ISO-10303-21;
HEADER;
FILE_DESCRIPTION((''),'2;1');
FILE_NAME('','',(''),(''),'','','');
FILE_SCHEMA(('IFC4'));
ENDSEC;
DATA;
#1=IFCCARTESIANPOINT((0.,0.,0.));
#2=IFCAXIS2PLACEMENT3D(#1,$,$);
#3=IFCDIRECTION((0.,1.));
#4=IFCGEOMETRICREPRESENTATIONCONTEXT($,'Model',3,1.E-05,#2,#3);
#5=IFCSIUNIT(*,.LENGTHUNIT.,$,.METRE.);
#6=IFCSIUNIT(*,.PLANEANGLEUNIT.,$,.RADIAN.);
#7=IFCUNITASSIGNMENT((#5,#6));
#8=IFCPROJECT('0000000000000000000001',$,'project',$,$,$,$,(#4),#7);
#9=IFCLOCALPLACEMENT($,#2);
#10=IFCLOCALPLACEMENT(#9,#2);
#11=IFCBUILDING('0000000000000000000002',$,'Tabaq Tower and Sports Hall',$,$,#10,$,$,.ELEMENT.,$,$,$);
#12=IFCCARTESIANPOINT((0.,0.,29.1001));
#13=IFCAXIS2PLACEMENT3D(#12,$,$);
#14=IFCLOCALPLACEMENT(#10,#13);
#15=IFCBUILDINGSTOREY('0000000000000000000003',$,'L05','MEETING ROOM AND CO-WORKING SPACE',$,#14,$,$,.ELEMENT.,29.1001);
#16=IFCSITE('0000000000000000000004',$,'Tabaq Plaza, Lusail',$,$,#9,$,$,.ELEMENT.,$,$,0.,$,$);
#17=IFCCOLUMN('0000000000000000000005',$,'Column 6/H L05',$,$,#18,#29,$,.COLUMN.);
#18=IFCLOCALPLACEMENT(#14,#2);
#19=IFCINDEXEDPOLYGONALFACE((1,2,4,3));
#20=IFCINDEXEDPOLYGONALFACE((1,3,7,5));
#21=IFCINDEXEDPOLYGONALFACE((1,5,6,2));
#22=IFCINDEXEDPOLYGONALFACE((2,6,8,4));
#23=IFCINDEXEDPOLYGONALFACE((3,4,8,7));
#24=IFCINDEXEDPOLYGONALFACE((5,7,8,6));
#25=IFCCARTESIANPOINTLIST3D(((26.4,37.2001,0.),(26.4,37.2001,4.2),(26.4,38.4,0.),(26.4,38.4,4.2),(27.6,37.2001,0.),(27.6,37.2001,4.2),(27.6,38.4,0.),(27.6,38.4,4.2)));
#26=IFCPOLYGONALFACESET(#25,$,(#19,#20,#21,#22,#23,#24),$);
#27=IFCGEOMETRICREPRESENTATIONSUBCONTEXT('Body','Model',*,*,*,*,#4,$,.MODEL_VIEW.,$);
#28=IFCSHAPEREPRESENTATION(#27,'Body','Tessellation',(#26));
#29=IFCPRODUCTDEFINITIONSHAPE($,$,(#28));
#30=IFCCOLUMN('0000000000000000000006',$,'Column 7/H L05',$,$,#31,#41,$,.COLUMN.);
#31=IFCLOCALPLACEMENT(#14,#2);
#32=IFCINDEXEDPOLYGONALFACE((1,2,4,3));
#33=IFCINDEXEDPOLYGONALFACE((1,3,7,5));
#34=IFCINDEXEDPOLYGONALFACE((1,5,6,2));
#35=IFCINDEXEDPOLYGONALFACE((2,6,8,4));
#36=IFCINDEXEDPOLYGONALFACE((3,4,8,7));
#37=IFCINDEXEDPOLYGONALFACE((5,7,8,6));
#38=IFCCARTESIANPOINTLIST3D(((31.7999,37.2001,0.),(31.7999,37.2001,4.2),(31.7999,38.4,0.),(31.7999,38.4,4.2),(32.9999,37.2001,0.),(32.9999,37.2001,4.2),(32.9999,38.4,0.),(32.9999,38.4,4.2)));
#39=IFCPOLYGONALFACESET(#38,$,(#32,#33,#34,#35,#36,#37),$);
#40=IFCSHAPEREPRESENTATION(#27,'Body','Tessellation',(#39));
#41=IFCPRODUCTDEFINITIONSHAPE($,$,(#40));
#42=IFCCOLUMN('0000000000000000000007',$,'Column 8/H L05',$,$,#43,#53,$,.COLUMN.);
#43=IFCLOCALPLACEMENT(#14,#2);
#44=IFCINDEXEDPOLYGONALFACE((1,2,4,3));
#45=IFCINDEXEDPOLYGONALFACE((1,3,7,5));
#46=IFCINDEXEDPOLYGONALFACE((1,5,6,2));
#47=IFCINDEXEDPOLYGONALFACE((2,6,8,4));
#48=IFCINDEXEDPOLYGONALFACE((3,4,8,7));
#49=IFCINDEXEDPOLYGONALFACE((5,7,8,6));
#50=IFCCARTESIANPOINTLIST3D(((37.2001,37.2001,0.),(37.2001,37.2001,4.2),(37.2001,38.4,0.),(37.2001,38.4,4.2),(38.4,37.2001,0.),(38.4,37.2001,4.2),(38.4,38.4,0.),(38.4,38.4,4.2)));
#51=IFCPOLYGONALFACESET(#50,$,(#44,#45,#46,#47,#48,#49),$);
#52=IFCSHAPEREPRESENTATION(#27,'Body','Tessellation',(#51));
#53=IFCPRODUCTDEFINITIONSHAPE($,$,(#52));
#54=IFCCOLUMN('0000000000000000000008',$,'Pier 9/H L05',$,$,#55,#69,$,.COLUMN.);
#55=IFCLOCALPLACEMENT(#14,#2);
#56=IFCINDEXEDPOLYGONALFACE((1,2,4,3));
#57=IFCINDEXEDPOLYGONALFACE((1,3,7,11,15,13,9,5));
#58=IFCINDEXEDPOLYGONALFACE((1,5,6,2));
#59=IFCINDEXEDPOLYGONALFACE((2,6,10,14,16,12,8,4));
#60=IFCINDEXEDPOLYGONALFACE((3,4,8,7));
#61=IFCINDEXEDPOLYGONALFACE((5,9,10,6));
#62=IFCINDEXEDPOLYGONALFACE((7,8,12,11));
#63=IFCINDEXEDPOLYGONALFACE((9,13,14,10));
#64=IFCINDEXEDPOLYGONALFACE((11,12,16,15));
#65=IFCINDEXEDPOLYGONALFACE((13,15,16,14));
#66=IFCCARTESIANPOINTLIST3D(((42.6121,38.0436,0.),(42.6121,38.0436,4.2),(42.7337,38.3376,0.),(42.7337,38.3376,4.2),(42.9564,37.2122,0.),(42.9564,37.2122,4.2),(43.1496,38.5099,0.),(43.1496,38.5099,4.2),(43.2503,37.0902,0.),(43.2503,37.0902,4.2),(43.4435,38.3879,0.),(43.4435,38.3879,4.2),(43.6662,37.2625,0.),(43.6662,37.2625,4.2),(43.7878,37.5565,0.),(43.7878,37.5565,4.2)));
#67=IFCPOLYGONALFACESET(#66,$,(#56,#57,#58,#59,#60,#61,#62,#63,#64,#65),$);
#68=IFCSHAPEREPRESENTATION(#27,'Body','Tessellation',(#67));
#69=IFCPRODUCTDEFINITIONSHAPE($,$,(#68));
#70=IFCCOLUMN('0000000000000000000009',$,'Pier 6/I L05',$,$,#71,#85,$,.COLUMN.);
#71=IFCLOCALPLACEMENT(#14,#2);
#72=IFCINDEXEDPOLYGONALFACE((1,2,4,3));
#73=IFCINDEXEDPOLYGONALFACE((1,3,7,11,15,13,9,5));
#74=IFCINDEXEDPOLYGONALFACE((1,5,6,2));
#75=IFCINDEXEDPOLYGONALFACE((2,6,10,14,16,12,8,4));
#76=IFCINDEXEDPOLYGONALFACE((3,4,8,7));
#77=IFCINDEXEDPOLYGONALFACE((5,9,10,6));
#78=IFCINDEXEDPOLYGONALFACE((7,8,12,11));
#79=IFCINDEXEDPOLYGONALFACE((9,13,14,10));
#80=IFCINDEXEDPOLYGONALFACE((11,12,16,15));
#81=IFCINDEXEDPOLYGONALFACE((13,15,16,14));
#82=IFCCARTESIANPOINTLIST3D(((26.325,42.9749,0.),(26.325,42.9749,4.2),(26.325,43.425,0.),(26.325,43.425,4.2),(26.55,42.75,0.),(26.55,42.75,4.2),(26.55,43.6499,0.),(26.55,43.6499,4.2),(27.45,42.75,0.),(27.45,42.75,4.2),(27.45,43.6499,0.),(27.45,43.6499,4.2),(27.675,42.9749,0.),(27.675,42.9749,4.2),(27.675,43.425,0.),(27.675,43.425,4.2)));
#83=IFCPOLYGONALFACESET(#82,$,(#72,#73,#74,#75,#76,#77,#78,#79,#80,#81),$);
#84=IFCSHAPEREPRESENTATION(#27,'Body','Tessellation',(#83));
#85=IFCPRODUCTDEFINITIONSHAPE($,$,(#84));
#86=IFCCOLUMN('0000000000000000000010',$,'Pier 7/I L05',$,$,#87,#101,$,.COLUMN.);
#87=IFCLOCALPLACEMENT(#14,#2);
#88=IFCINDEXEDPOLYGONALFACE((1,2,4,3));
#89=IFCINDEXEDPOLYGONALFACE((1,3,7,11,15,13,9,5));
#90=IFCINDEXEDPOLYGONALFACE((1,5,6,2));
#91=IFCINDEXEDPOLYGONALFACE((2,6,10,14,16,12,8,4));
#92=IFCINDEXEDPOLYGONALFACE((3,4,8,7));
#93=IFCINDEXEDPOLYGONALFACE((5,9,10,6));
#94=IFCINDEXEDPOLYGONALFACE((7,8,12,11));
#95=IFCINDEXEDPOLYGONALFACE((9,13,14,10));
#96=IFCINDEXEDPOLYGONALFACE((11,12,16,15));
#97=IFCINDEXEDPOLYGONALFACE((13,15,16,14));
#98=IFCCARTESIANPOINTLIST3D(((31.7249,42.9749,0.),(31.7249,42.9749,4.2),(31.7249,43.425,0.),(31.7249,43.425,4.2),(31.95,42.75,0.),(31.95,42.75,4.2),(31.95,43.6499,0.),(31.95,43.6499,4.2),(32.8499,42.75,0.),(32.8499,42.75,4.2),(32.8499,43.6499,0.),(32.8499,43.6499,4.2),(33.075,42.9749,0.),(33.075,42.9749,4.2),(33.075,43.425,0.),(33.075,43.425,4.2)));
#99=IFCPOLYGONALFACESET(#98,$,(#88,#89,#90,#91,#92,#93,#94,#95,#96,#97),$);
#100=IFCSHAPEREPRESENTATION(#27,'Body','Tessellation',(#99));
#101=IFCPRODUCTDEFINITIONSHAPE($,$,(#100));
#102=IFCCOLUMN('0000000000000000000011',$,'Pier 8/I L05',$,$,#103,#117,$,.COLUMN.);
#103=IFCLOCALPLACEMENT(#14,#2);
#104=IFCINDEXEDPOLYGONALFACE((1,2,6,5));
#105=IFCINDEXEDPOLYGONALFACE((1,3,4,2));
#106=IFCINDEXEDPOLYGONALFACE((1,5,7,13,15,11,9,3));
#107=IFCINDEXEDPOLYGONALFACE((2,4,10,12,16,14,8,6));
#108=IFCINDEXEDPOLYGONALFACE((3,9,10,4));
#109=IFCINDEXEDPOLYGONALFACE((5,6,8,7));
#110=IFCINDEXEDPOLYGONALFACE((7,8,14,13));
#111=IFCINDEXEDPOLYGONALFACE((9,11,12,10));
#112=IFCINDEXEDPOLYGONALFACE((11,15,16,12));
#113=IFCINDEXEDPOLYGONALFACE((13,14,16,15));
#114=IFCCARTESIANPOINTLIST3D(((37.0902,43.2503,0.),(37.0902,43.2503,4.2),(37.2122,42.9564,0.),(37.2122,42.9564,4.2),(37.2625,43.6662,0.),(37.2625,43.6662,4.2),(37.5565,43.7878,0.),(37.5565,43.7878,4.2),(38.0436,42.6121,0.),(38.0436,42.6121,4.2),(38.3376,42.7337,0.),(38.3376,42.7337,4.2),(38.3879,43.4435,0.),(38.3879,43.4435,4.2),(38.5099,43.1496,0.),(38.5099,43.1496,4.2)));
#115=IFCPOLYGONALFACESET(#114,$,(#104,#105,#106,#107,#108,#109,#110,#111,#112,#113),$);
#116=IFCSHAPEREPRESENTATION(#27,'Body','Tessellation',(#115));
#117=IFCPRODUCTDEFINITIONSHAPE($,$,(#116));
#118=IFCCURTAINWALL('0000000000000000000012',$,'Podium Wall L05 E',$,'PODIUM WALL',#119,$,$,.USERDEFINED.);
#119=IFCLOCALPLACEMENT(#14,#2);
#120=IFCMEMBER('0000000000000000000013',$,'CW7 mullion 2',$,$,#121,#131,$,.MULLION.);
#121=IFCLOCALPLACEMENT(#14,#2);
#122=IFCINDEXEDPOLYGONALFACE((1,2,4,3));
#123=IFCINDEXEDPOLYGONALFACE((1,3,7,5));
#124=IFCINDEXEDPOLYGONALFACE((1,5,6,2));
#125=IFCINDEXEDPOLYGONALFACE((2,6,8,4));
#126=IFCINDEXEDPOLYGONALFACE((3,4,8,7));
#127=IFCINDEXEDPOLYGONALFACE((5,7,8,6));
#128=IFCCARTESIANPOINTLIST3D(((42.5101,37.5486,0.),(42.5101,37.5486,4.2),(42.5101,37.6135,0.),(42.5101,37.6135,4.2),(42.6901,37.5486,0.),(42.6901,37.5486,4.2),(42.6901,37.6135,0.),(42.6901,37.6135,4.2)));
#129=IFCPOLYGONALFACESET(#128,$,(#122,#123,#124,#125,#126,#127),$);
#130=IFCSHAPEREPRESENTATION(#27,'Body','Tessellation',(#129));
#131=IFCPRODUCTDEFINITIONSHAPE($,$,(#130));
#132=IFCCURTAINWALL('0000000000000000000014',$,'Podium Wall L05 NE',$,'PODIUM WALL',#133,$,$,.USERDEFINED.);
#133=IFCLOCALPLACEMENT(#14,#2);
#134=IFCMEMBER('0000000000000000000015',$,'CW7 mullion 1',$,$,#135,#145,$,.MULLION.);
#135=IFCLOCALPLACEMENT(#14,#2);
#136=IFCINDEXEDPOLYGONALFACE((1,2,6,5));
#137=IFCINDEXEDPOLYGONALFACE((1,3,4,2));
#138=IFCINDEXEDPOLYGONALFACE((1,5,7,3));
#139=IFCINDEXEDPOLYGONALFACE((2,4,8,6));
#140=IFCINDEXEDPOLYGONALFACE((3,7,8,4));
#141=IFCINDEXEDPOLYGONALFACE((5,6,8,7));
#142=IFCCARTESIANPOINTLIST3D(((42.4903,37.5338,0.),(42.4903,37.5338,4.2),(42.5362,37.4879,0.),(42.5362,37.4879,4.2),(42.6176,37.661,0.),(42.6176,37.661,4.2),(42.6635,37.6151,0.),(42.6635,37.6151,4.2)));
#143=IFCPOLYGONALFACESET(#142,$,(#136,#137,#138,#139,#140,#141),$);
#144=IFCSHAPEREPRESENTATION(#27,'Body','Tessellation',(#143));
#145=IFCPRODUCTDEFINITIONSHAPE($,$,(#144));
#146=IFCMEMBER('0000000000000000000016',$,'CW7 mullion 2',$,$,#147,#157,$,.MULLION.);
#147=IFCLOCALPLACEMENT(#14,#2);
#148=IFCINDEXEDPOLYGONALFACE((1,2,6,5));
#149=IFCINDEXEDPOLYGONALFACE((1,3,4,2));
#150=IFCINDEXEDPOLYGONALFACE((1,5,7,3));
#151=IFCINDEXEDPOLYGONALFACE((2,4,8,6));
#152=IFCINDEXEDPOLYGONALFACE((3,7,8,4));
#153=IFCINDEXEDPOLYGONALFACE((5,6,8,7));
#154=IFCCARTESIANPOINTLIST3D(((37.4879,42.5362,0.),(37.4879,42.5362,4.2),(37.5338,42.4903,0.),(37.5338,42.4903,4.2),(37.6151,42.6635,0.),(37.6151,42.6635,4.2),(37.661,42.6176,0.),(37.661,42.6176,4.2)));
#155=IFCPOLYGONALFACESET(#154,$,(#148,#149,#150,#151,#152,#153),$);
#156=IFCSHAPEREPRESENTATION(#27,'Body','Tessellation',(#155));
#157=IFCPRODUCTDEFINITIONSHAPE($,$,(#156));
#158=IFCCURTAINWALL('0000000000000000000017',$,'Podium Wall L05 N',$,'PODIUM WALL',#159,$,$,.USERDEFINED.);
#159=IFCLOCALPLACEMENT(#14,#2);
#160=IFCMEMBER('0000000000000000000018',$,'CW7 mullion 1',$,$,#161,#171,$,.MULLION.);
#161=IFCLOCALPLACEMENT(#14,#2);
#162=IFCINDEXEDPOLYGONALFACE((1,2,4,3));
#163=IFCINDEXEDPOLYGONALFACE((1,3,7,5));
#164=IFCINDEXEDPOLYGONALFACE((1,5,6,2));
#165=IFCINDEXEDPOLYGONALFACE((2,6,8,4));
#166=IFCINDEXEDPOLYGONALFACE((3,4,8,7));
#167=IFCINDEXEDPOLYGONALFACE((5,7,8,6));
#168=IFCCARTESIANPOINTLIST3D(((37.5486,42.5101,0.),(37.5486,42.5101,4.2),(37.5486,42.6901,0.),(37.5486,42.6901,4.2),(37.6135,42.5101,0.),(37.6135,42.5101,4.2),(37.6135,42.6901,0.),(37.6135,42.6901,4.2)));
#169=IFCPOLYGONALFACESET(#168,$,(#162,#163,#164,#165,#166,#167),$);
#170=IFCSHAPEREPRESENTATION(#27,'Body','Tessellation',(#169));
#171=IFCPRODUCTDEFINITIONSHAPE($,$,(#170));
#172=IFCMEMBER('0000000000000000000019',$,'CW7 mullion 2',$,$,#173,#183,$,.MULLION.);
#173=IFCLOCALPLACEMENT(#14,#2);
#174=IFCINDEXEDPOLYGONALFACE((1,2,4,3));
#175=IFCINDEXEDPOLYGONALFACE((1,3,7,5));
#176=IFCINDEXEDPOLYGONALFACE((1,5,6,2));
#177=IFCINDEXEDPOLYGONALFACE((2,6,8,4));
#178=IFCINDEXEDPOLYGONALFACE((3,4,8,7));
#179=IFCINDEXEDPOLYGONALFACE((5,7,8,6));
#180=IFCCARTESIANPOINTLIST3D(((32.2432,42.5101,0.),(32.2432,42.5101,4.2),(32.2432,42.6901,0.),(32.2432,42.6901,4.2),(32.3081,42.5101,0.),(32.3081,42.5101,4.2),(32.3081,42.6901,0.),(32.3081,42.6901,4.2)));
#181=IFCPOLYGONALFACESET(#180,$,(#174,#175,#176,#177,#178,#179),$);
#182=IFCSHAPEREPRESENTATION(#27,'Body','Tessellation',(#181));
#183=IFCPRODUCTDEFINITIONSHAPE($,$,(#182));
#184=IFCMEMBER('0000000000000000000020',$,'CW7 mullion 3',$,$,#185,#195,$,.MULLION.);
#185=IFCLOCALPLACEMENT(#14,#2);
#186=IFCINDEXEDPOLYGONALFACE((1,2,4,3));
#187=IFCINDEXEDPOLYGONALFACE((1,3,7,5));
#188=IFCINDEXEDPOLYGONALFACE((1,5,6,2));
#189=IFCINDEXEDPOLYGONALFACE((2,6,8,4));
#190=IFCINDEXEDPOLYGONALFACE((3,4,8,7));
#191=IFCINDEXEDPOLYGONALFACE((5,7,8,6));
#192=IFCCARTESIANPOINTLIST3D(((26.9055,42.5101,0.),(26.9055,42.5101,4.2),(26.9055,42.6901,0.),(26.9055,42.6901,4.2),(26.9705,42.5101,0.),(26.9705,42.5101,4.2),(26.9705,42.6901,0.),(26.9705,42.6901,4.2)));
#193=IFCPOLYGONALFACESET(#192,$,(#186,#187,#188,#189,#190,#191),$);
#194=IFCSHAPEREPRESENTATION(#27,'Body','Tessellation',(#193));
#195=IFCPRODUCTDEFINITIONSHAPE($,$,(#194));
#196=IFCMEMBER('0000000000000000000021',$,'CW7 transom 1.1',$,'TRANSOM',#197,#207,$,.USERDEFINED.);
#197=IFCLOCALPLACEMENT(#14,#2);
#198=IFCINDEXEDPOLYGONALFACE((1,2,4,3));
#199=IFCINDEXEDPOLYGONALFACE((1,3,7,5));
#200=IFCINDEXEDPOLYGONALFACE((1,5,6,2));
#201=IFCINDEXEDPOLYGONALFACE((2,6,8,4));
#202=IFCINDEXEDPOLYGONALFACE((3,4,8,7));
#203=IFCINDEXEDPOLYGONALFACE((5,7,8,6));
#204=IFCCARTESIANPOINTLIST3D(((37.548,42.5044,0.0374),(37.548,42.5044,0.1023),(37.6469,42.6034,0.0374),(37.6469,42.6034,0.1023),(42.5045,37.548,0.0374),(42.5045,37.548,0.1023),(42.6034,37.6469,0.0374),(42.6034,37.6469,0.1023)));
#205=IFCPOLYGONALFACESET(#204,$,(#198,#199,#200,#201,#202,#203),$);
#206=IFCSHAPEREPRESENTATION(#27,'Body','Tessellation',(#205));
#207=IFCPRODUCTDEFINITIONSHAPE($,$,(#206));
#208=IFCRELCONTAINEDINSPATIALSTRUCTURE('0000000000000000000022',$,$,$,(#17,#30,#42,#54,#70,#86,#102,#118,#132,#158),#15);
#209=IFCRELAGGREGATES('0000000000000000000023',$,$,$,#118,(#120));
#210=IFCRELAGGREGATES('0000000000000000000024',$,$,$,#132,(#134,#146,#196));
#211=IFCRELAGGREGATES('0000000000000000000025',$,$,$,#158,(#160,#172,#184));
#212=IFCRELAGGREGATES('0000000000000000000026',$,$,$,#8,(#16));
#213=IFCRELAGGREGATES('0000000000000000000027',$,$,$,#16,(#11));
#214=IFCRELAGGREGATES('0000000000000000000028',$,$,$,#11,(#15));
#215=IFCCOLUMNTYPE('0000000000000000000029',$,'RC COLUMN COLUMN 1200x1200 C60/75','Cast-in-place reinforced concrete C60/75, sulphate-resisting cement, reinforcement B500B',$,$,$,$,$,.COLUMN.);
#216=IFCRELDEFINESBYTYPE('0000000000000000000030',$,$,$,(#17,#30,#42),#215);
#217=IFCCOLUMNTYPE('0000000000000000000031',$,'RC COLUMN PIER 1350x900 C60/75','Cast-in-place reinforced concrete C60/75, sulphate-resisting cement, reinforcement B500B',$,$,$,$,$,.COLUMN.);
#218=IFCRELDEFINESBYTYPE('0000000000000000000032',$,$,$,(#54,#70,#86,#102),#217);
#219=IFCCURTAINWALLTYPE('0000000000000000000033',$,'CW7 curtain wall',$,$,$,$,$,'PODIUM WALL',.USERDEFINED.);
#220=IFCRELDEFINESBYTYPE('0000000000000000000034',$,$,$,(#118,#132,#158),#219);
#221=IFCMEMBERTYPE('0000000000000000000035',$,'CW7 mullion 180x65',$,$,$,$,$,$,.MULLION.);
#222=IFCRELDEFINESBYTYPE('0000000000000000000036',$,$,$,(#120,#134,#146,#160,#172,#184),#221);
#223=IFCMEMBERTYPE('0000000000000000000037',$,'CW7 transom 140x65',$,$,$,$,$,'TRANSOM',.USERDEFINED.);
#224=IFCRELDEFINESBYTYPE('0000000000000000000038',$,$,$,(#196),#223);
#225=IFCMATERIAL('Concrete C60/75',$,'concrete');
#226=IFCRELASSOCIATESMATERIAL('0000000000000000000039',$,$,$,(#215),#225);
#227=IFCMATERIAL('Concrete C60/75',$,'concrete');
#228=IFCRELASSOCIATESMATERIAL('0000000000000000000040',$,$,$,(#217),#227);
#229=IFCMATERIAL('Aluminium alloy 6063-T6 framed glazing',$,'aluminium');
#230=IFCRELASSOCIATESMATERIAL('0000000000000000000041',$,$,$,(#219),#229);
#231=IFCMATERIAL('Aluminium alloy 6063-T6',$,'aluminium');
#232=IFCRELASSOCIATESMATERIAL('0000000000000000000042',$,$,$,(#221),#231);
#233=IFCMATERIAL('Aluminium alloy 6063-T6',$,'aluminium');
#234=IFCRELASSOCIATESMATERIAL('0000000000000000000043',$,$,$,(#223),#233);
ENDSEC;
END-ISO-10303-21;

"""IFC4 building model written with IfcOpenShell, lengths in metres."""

from ifc_helpers import new_model, si_unit, direction, frame, origin, origin_2d, place, context, subcontext, project, spatial, polyline, rectangle, outline, extrude, material, material_profile, profile_set, type_object, element, aggregate, save


model = new_model("IFC4")

# Units and contexts
model_context = context("Model", 3, precision=1e-05, world=origin(), true_north=direction((0.0, 1.0)))
body_context = subcontext(model_context, "Body", "Model", "MODEL_VIEW")
ifc_project = project(units=[si_unit("LENGTHUNIT", "METRE"), si_unit("PLANEANGLEUNIT", "RADIAN")], contexts=[model_context])

# Site, building, storey
site_placement = place(None, origin())
site = spatial("IfcSite", under=ifc_project, at=site_placement, Name="Tabaq Plaza, Lusail", CompositionType="ELEMENT", RefElevation=0.0)
building_placement = place(site_placement, origin())
building = spatial("IfcBuilding", under=site, at=building_placement, Name="Tabaq Tower and Sports Hall", CompositionType="ELEMENT")
storey_placement = place(building_placement, frame((0.0, 0.0, 29.1001)))
storey = spatial("IfcBuildingStorey", under=building, at=storey_placement, Name="L05", Description="MEETING ROOM AND CO-WORKING SPACE", CompositionType="ELEMENT", Elevation=29.1001)

# Columns
ifc_material_1 = material(Name="Concrete C60/75", Category="concrete")
ifc_material_profile_1 = material_profile(ifc_material_1, rectangle(XDim=1.2, YDim=1.2, at=origin_2d()), Name="COLUMN 1200x1200")
ifc_profile_set_1 = profile_set([ifc_material_profile_1], Name="Concrete C60/75")
column_type_1 = type_object("IfcColumnType", Name="RC COLUMN COLUMN 1200x1200 C60/75", Description="Cast-in-place reinforced concrete C60/75, sulphate-resisting cement, reinforcement B500B", PredefinedType="COLUMN", material=ifc_profile_set_1)
for number, where, z_axis, x_axis, name in (
    (1, (27.0, 37.8, 0.0), (0.0, 0.0, 1.0), (1.0, 0.0, 0.0), "Column 6/H L05"),
    (2, (32.3999, 37.8, 0.0), (0.0, 0.0, 1.0), (1.0, 0.0, 0.0), "Column 7/H L05"),
    (3, (37.8, 37.8, 0.0), (0.0, 0.0, 1.0), (1.0, 0.0, 0.0), "Column 8/H L05"),
):
    element("IfcColumn", number, at=place(storey_placement, frame(where, z_axis=z_axis, x_axis=x_axis)), inside=storey, type_object=column_type_1, Name=name, PredefinedType="COLUMN", context=body_context, shape_type="SweptSolid", body=[
        extrude(rectangle(XDim=1.2, YDim=1.2, at=origin_2d()), origin(), (0.0, 0.0, 1.0), 4.2),
    ])
ifc_material_2 = material(Name="Concrete C60/75", Category="concrete")
ifc_material_profile_2 = material_profile(ifc_material_2, outline(polyline([(-0.45, -0.45), (0.45, -0.45), (0.675, -0.2251), (0.675, 0.2251), (0.45, 0.45), (-0.45, 0.45), (-0.675, 0.2251), (-0.675, -0.2251), (-0.45, -0.45)])), Name="PIER 1350x900")
ifc_profile_set_2 = profile_set([ifc_material_profile_2], Name="Concrete C60/75")
column_type_2 = type_object("IfcColumnType", Name="RC COLUMN PIER 1350x900 C60/75", Description="Cast-in-place reinforced concrete C60/75, sulphate-resisting cement, reinforcement B500B", PredefinedType="COLUMN", material=ifc_profile_set_2)
for number, where, z_axis, x_axis, name in (
    (4, (43.2, 37.8, 0.0), (0.0, 0.0, 1.0), (-0.382683, 0.92388, 0.0), "Pier 9/H L05"),
    (5, (27.0, 43.2, 0.0), (0.0, 0.0, 1.0), (1.0, 0.0, 0.0), "Pier 6/I L05"),
    (6, (32.3999, 43.2, 0.0), (0.0, 0.0, 1.0), (1.0, 0.0, 0.0), "Pier 7/I L05"),
    (7, (37.8, 43.2, 0.0), (0.0, 0.0, 1.0), (-0.92388, 0.382683, 0.0), "Pier 8/I L05"),
):
    element("IfcColumn", number, at=place(storey_placement, frame(where, z_axis=z_axis, x_axis=x_axis)), inside=storey, type_object=column_type_2, Name=name, PredefinedType="COLUMN", context=body_context, shape_type="SweptSolid", body=[
        extrude(outline(polyline([(-0.45, -0.45), (0.45, -0.45), (0.675, -0.2251), (0.675, 0.2251), (0.45, 0.45), (-0.45, 0.45), (-0.675, 0.2251), (-0.675, -0.2251), (-0.45, -0.45)])), origin(), (0.0, 0.0, 1.0), 4.2),
    ])

# Curtain wall, member
ifc_material_3 = material(Name="Aluminium alloy 6063-T6 framed glazing", Category="aluminium")
curtain_wall_type = type_object("IfcCurtainWallType", Name="CW7 curtain wall", ElementType="PODIUM WALL", PredefinedType="USERDEFINED", material=ifc_material_3)
curtain_wall_1_placement = place(storey_placement, origin())
curtain_wall_1 = element("IfcCurtainWall", 8, at=curtain_wall_1_placement, inside=storey, type_object=curtain_wall_type, Name="Podium Wall L05 E", ObjectType="PODIUM WALL", PredefinedType="USERDEFINED")
ifc_material_4 = material(Name="Aluminium alloy 6063-T6", Category="aluminium")
ifc_material_profile_3 = material_profile(ifc_material_4, rectangle(XDim=0.1799, YDim=0.0649, at=origin_2d()), Name="MULLION 180x65")
ifc_profile_set_3 = profile_set([ifc_material_profile_3], Name="Aluminium alloy 6063-T6")
member_type_1 = type_object("IfcMemberType", Name="CW7 mullion 180x65", PredefinedType="MULLION", material=ifc_profile_set_3)
member_1_placement = place(storey_placement, frame((42.6001, 37.5811, 0.0), z_axis=(0.0, 0.0, 1.0), x_axis=(-1.0, 0.0, 0.0)))
member_1 = element("IfcMember", 9, at=member_1_placement, type_object=member_type_1, Name="CW7 mullion 2", PredefinedType="MULLION", context=body_context, shape_type="SweptSolid", body=[
    extrude(rectangle(XDim=0.1799, YDim=0.0649, at=origin_2d()), origin(), (0.0, 0.0, 1.0), 4.2),
])
aggregate(curtain_wall_1, [member_1])

# Curtain walls, members
curtain_wall_2_placement = place(storey_placement, origin())
curtain_wall_2 = element("IfcCurtainWall", 10, at=curtain_wall_2_placement, inside=storey, type_object=curtain_wall_type, Name="Podium Wall L05 NE", ObjectType="PODIUM WALL", PredefinedType="USERDEFINED")
member_2_placement = place(storey_placement, frame((42.5769, 37.5745, 0.0), z_axis=(0.0, 0.0, 1.0), x_axis=(-0.707107, -0.707107, 0.0)))
member_2 = element("IfcMember", 11, at=member_2_placement, type_object=member_type_1, Name="CW7 mullion 1", PredefinedType="MULLION", context=body_context, shape_type="SweptSolid", body=[
    extrude(rectangle(XDim=0.1799, YDim=0.0649, at=origin_2d()), origin(), (0.0, 0.0, 1.0), 4.2),
])
member_3_placement = place(storey_placement, frame((37.5745, 42.5769, 0.0), z_axis=(0.0, 0.0, 1.0), x_axis=(-0.707107, -0.707107, 0.0)))
member_3 = element("IfcMember", 12, at=member_3_placement, type_object=member_type_1, Name="CW7 mullion 2", PredefinedType="MULLION", context=body_context, shape_type="SweptSolid", body=[
    extrude(rectangle(XDim=0.1799, YDim=0.0649, at=origin_2d()), origin(), (0.0, 0.0, 1.0), 4.2),
])
curtain_wall_3_placement = place(storey_placement, origin())
curtain_wall_3 = element("IfcCurtainWall", 13, at=curtain_wall_3_placement, inside=storey, type_object=curtain_wall_type, Name="Podium Wall L05 N", ObjectType="PODIUM WALL", PredefinedType="USERDEFINED")
member_4_placement = place(storey_placement, frame((37.5811, 42.6001, 0.0), z_axis=(0.0, 0.0, 1.0), x_axis=(0.0, -1.0, 0.0)))
member_4 = element("IfcMember", 14, at=member_4_placement, type_object=member_type_1, Name="CW7 mullion 1", PredefinedType="MULLION", context=body_context, shape_type="SweptSolid", body=[
    extrude(rectangle(XDim=0.1799, YDim=0.0649, at=origin_2d()), origin(), (0.0, 0.0, 1.0), 4.2),
])
member_5_placement = place(storey_placement, frame((32.2756, 42.6001, 0.0), z_axis=(0.0, 0.0, 1.0), x_axis=(0.0, -1.0, 0.0)))
member_5 = element("IfcMember", 15, at=member_5_placement, type_object=member_type_1, Name="CW7 mullion 2", PredefinedType="MULLION", context=body_context, shape_type="SweptSolid", body=[
    extrude(rectangle(XDim=0.1799, YDim=0.0649, at=origin_2d()), origin(), (0.0, 0.0, 1.0), 4.2),
])
member_6_placement = place(storey_placement, frame((26.938, 42.6001, 0.0), z_axis=(0.0, 0.0, 1.0), x_axis=(0.0, -1.0, 0.0)))
member_6 = element("IfcMember", 16, at=member_6_placement, type_object=member_type_1, Name="CW7 mullion 3", PredefinedType="MULLION", context=body_context, shape_type="SweptSolid", body=[
    extrude(rectangle(XDim=0.1799, YDim=0.0649, at=origin_2d()), origin(), (0.0, 0.0, 1.0), 4.2),
])

# Member
ifc_material_5 = material(Name="Aluminium alloy 6063-T6", Category="aluminium")
ifc_material_profile_4 = material_profile(ifc_material_5, rectangle(XDim=0.1399, YDim=0.0649, at=origin_2d()), Name="TRANSOM 140x65")
ifc_profile_set_4 = profile_set([ifc_material_profile_4], Name="Aluminium alloy 6063-T6")
member_type_2 = type_object("IfcMemberType", Name="CW7 transom 140x65", ElementType="TRANSOM", PredefinedType="USERDEFINED", material=ifc_profile_set_4)
member_7_placement = place(storey_placement, frame((42.554, 37.5974, 0.0698), z_axis=(-0.707107, 0.707107, 0.0), x_axis=(-0.707107, -0.707107, 0.0)))
member_7 = element("IfcMember", 17, at=member_7_placement, type_object=member_type_2, Name="CW7 transom 1.1", ObjectType="TRANSOM", PredefinedType="USERDEFINED", context=body_context, shape_type="SweptSolid", body=[
    extrude(rectangle(XDim=0.1399, YDim=0.0649, at=origin_2d()), origin(), (0.0, 0.0, 1.0), 7.0095),
])

aggregate(curtain_wall_2, [member_2, member_3, member_7])
aggregate(curtain_wall_3, [member_4, member_5, member_6])

save(model, "model.ifc")
